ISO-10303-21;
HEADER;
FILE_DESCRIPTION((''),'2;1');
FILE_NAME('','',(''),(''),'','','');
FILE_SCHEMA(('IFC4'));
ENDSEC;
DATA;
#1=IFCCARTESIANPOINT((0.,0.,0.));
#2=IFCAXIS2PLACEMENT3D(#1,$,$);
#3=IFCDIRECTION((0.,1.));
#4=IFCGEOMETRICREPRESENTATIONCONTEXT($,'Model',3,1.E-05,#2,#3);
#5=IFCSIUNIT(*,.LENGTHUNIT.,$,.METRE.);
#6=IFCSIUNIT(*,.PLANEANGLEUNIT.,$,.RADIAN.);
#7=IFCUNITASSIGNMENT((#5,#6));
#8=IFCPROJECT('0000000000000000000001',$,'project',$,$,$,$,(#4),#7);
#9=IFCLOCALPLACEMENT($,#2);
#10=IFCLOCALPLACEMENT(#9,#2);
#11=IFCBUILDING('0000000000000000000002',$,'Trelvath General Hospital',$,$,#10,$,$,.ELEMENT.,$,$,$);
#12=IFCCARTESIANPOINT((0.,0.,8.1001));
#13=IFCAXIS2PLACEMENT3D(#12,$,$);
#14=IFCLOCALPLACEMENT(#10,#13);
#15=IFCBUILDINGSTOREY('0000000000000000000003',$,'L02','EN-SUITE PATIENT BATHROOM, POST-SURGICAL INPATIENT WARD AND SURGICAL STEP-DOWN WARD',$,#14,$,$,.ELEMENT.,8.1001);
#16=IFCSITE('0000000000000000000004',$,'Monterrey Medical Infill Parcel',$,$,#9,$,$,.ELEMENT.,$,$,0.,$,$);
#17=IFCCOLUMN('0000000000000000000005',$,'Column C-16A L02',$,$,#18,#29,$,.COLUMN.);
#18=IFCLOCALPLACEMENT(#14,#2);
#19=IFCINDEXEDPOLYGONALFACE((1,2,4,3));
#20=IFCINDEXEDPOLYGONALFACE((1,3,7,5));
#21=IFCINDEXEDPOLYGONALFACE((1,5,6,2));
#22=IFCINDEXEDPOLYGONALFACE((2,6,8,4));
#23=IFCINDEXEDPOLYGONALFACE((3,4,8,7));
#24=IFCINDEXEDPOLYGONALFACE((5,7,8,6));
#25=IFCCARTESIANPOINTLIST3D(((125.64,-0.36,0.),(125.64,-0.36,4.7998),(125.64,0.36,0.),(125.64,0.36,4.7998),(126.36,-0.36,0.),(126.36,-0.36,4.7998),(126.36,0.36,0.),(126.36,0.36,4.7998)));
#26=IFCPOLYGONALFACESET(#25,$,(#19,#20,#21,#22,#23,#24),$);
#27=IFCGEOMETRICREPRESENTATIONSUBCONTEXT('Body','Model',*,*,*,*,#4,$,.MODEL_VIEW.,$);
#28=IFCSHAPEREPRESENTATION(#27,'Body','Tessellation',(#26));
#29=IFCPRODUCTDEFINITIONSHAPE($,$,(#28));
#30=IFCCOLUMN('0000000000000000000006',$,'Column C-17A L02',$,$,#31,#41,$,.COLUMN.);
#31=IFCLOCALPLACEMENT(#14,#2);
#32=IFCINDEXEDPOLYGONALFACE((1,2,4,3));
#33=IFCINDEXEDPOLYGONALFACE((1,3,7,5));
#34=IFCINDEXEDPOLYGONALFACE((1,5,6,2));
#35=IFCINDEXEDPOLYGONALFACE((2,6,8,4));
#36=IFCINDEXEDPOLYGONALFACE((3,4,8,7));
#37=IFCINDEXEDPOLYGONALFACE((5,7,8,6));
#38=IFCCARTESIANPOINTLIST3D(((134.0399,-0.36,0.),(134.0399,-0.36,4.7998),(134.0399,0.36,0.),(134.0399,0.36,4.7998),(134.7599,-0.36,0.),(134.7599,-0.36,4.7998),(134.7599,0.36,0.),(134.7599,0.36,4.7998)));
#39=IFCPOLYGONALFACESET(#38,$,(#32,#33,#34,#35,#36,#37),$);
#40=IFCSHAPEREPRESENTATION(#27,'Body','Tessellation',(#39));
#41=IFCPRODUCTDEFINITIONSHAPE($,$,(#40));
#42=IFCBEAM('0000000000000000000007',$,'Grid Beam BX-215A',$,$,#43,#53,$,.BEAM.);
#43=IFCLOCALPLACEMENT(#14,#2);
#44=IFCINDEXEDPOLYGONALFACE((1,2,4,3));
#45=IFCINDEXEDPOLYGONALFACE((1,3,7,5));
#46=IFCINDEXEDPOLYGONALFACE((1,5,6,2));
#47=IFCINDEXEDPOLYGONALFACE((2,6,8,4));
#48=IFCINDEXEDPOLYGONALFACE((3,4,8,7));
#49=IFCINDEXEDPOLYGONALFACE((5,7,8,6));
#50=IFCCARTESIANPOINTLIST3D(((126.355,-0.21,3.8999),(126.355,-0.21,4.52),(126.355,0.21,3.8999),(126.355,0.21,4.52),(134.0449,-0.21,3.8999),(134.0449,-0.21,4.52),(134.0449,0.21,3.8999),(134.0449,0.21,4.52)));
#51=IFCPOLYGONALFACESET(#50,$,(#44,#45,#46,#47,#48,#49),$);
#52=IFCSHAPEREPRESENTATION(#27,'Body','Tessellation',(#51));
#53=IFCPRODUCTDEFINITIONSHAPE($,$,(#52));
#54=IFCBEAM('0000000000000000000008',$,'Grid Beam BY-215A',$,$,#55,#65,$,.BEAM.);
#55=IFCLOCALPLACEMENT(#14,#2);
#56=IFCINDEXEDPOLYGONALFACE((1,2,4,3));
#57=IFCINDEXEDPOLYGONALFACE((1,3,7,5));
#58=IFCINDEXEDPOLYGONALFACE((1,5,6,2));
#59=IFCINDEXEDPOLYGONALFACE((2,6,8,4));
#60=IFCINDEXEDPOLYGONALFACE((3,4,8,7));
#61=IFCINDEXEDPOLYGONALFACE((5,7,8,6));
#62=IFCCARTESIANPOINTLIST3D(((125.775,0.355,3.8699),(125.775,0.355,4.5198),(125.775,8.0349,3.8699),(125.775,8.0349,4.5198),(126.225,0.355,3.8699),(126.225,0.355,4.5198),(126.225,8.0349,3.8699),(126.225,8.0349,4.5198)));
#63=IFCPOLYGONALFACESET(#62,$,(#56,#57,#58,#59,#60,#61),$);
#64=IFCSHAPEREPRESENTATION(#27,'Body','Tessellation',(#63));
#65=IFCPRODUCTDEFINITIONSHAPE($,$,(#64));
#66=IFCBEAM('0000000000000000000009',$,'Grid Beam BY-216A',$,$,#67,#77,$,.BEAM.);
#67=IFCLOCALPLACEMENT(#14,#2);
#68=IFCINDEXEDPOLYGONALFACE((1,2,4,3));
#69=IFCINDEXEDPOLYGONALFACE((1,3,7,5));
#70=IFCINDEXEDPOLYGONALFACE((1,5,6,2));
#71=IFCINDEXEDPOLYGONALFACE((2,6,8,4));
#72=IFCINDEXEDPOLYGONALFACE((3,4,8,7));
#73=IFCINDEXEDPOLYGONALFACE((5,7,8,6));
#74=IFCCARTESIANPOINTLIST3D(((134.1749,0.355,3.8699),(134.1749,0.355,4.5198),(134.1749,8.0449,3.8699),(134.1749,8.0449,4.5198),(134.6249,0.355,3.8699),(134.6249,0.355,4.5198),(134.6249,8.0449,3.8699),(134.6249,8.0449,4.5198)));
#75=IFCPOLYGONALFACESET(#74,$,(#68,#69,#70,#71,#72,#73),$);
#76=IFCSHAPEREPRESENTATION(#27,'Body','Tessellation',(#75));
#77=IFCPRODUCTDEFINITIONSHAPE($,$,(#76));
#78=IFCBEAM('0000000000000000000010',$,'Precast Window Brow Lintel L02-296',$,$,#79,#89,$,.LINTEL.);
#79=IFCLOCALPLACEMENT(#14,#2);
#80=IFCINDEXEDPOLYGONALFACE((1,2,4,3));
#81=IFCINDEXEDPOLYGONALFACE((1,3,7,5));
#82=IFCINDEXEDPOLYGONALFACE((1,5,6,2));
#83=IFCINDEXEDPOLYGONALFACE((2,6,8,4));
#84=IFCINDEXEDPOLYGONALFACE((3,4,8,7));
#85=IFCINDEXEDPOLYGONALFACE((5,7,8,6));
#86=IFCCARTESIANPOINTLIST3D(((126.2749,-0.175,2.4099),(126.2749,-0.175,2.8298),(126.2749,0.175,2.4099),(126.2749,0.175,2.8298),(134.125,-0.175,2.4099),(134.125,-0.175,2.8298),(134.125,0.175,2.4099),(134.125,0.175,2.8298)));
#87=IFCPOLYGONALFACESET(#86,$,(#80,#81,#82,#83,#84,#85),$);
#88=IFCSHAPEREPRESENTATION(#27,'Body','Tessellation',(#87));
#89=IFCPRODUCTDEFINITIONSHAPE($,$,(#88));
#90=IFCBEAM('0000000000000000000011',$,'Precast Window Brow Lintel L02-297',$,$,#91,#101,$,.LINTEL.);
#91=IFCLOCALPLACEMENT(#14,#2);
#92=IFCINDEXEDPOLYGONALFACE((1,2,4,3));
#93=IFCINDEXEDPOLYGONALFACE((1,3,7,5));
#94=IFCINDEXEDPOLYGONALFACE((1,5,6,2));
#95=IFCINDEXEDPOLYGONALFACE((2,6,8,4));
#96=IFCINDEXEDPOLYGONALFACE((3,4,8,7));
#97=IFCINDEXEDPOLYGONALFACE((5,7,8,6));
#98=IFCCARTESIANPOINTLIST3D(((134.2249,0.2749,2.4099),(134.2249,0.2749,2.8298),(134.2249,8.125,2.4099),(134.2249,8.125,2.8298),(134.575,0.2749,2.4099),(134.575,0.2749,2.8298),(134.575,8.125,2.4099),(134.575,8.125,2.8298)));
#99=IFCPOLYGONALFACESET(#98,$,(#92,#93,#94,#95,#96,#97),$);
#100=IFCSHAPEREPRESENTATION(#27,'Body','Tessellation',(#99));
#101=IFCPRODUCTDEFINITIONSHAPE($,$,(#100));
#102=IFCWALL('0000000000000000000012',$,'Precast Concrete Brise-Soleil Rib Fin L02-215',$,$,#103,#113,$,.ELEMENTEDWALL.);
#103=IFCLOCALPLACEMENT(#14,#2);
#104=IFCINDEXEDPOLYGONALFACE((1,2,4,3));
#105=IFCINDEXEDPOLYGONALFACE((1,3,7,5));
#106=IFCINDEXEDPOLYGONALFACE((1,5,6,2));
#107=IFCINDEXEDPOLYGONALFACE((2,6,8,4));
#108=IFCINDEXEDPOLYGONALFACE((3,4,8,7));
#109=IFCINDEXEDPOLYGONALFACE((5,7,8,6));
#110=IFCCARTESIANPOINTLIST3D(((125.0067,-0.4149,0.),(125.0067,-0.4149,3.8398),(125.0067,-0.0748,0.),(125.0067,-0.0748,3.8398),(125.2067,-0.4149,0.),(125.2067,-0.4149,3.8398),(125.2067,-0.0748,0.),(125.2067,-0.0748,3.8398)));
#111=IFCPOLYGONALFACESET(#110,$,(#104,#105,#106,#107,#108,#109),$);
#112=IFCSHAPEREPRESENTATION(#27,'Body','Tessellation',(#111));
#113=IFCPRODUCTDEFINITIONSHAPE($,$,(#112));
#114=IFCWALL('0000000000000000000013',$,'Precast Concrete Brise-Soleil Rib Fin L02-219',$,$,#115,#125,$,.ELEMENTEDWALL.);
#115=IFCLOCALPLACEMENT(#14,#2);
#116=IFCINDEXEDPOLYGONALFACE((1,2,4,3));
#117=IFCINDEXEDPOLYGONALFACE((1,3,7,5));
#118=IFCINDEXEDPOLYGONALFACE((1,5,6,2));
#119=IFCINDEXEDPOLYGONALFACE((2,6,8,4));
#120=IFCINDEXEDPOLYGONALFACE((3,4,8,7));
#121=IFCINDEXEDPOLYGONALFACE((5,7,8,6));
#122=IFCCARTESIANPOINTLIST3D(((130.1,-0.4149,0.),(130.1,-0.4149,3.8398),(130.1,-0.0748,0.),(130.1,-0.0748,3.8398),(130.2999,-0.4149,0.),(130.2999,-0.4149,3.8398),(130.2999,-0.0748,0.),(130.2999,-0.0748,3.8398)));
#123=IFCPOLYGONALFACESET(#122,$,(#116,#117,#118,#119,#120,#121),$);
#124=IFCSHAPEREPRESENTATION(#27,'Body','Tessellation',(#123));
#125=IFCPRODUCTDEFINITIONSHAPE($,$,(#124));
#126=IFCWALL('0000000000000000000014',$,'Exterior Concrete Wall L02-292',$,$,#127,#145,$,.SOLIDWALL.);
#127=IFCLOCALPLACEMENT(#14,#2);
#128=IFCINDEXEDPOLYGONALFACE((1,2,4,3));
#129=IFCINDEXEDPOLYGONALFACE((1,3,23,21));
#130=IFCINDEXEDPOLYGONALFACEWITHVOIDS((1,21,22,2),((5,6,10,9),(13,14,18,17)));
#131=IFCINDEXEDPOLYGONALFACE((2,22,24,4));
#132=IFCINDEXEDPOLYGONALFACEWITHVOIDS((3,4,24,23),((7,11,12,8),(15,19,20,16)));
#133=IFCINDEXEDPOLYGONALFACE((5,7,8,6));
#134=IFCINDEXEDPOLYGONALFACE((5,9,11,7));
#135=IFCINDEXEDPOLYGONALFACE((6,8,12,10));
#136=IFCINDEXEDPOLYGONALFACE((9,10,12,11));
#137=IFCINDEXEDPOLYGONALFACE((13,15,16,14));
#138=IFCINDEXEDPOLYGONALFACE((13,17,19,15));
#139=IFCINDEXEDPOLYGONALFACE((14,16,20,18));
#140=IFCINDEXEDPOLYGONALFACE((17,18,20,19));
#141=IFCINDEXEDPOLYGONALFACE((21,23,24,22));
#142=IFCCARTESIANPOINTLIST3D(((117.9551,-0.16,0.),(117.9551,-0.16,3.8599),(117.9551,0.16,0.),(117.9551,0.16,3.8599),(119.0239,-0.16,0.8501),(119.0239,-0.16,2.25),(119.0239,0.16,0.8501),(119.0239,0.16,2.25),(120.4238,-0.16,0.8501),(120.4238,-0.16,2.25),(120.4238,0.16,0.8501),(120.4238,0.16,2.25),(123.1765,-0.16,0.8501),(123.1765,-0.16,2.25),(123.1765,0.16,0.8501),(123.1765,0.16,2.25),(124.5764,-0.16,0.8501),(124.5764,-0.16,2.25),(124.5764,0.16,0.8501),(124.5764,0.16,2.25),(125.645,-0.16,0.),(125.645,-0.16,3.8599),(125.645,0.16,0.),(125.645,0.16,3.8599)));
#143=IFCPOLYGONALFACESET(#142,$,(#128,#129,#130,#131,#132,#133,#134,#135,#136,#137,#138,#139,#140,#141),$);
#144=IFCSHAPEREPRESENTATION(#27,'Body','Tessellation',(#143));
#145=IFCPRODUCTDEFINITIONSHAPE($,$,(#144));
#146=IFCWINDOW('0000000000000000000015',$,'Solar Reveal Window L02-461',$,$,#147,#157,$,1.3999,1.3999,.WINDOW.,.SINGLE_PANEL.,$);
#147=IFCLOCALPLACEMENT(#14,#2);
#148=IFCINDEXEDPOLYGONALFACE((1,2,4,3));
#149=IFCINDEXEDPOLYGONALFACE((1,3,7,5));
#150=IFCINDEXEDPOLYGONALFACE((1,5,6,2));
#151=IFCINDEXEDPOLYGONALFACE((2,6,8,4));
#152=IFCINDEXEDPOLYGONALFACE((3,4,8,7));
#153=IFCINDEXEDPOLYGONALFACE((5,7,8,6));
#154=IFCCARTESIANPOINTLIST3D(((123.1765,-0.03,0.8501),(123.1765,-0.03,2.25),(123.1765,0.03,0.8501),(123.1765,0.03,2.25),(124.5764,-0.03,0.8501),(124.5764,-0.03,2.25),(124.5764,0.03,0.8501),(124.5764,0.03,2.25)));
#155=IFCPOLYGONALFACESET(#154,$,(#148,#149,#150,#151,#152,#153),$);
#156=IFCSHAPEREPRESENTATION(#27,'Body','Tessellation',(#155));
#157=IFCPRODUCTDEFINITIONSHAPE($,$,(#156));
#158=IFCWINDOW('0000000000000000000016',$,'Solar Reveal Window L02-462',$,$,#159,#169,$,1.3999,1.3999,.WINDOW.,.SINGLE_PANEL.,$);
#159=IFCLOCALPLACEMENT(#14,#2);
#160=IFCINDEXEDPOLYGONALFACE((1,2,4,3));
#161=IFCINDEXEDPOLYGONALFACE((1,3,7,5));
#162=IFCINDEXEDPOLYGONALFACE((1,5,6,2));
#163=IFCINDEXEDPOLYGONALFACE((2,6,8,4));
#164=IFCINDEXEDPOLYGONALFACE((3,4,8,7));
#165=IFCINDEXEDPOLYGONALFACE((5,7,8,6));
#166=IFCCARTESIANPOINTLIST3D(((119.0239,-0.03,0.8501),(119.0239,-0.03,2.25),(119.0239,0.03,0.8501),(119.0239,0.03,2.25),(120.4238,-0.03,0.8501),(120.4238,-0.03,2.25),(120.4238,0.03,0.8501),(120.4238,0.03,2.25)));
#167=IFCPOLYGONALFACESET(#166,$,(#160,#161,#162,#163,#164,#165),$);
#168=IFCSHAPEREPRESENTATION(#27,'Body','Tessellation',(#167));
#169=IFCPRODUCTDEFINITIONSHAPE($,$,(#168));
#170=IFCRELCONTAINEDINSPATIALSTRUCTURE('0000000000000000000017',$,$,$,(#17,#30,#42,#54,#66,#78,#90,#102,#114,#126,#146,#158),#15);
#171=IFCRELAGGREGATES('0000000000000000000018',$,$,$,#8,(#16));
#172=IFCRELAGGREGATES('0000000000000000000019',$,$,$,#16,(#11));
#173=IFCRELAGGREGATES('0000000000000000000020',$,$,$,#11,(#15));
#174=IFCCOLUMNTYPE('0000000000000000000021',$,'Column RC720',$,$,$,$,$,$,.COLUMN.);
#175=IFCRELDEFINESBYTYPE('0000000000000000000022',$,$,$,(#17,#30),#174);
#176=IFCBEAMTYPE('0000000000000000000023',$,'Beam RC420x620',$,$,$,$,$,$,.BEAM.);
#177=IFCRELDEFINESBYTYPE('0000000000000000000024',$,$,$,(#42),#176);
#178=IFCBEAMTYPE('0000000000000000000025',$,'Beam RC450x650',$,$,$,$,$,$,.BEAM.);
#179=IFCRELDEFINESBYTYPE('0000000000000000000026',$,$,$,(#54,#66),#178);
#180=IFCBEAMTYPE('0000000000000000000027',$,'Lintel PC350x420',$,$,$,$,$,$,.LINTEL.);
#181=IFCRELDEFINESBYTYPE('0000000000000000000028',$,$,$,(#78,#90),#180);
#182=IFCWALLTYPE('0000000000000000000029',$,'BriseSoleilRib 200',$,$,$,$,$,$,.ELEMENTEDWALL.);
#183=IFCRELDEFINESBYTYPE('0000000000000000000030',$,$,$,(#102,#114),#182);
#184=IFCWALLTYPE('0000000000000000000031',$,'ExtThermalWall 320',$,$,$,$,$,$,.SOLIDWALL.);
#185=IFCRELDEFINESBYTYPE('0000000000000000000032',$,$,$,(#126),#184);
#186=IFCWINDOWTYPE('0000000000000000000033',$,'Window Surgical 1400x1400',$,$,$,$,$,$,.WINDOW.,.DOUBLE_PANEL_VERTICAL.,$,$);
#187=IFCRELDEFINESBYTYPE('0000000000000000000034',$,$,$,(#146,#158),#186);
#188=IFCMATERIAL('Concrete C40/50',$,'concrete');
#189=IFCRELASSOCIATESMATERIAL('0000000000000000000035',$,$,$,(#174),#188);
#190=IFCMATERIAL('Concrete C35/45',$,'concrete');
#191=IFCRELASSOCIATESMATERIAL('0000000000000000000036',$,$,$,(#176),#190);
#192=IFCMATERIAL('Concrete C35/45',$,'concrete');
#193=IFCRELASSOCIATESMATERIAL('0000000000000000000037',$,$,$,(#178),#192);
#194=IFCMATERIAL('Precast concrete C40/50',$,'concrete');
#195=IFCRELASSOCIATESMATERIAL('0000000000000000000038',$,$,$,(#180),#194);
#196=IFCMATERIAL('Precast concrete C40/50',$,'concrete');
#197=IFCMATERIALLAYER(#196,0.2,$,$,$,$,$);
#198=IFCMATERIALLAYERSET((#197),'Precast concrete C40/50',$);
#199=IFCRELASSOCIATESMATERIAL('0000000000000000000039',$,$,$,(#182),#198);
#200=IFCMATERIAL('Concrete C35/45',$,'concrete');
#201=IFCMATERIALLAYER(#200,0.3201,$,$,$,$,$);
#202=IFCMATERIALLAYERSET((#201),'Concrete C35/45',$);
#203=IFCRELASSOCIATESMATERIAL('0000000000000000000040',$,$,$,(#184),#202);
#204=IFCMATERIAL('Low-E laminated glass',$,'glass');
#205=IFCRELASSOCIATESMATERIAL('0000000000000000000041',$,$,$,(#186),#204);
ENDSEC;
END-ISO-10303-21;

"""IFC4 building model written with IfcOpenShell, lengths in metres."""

from ifc_helpers import new_model, si_unit, direction, frame, frame_2d, origin, origin_2d, place, context, subcontext, project, spatial, rectangle, extrude, material, layer, layer_set, material_profile, profile_set, type_object, element, fill, save


model = new_model("IFC4")

# Units and contexts
model_context = context("Model", 3, precision=1e-05, world=origin(), true_north=direction((0.0, 1.0)))
body_context = subcontext(model_context, "Body", "Model", "MODEL_VIEW")
ifc_project = project(units=[si_unit("LENGTHUNIT", "METRE"), si_unit("PLANEANGLEUNIT", "RADIAN")], contexts=[model_context])

# Site, building, storey
site_placement = place(None, origin())
site = spatial("IfcSite", under=ifc_project, at=site_placement, Name="Monterrey Medical Infill Parcel", CompositionType="ELEMENT", RefElevation=0.0)
building_placement = place(site_placement, origin())
building = spatial("IfcBuilding", under=site, at=building_placement, Name="Trelvath General Hospital", CompositionType="ELEMENT")
storey_placement = place(building_placement, frame((0.0, 0.0, 8.1001)))
storey = spatial("IfcBuildingStorey", under=building, at=storey_placement, Name="L02", Description="EN-SUITE PATIENT BATHROOM, POST-SURGICAL INPATIENT WARD AND SURGICAL STEP-DOWN WARD", CompositionType="ELEMENT", Elevation=8.1001)

# Columns
ifc_material_1 = material(Name="Concrete C40/50", Category="concrete")
ifc_material_profile_1 = material_profile(ifc_material_1, rectangle(XDim=0.72, YDim=0.72, at=origin_2d()), Name="RC720x720")
ifc_profile_set_1 = profile_set([ifc_material_profile_1], Name="Concrete C40/50")
column_type = type_object("IfcColumnType", Name="Column RC720", PredefinedType="COLUMN", material=ifc_profile_set_1)
for number, where, z_axis, x_axis, name in (
    (1, (126.0, 0.0, 0.0), (0.0, 0.0, 1.0), (1.0, 0.0, 0.0), "Column C-16A L02"),
    (2, (134.3999, 0.0, 0.0), (0.0, 0.0, 1.0), (1.0, 0.0, 0.0), "Column C-17A L02"),
):
    element("IfcColumn", number, at=place(storey_placement, frame(where, z_axis=z_axis, x_axis=x_axis)), inside=storey, type_object=column_type, Name=name, PredefinedType="COLUMN", context=body_context, shape_type="SweptSolid", body=[
        extrude(rectangle(XDim=0.72, YDim=0.72, at=origin_2d()), origin(), (0.0, 0.0, 1.0), 4.7998),
    ])

# Beams
ifc_material_2 = material(Name="Concrete C35/45", Category="concrete")
ifc_material_profile_2 = material_profile(ifc_material_2, rectangle(XDim=0.4199, YDim=0.6201, at=origin_2d()), Name="RCB420x620")
ifc_profile_set_2 = profile_set([ifc_material_profile_2], Name="Concrete C35/45")
beam_type_1 = type_object("IfcBeamType", Name="Beam RC420x620", PredefinedType="BEAM", material=ifc_profile_set_2)
beam_1_placement = place(storey_placement, frame((126.355, 0.0, 4.21), z_axis=(1.0, 0.0, 0.0), x_axis=(0.0, 1.0, 0.0)))
element("IfcBeam", 3, at=beam_1_placement, inside=storey, type_object=beam_type_1, Name="Grid Beam BX-215A", PredefinedType="BEAM", context=body_context, shape_type="SweptSolid", body=[
    extrude(rectangle(XDim=0.4199, YDim=0.6201, at=origin_2d()), origin(), (0.0, 0.0, 1.0), 7.6899),
])
ifc_material_3 = material(Name="Concrete C35/45", Category="concrete")
ifc_material_profile_3 = material_profile(ifc_material_3, rectangle(XDim=0.45, YDim=0.6499, at=origin_2d()), Name="RCB450x650")
ifc_profile_set_3 = profile_set([ifc_material_profile_3], Name="Concrete C35/45")
beam_type_2 = type_object("IfcBeamType", Name="Beam RC450x650", PredefinedType="BEAM", material=ifc_profile_set_3)
beam_2_placement = place(storey_placement, frame((126.0, 0.355, 4.1948), z_axis=(0.0, 1.0, 0.0), x_axis=(-1.0, 0.0, 0.0)))
element("IfcBeam", 4, at=beam_2_placement, inside=storey, type_object=beam_type_2, Name="Grid Beam BY-215A", PredefinedType="BEAM", context=body_context, shape_type="SweptSolid", body=[
    extrude(rectangle(XDim=0.45, YDim=0.6499, at=origin_2d()), origin(), (0.0, 0.0, 1.0), 7.6799),
])
beam_3_placement = place(storey_placement, frame((134.3999, 0.355, 4.1948), z_axis=(0.0, 1.0, 0.0), x_axis=(-1.0, 0.0, 0.0)))
element("IfcBeam", 5, at=beam_3_placement, inside=storey, type_object=beam_type_2, Name="Grid Beam BY-216A", PredefinedType="BEAM", context=body_context, shape_type="SweptSolid", body=[
    extrude(rectangle(XDim=0.45, YDim=0.6499, at=origin_2d()), origin(), (0.0, 0.0, 1.0), 7.6899),
])
ifc_material_4 = material(Name="Precast concrete C40/50", Category="concrete")
ifc_material_profile_4 = material_profile(ifc_material_4, rectangle(XDim=0.3501, YDim=0.4199, at=origin_2d()), Name="PCL350x420")
ifc_profile_set_4 = profile_set([ifc_material_profile_4], Name="Precast concrete C40/50")
beam_type_3 = type_object("IfcBeamType", Name="Lintel PC350x420", PredefinedType="LINTEL", material=ifc_profile_set_4)
for number, where, z_axis, x_axis, name in (
    (6, (134.125, 0.0, 2.6199), (-1.0, 0.0, 0.0), (0.0, -1.0, 0.0), "Precast Window Brow Lintel L02-296"),
    (7, (134.3999, 8.125, 2.6199), (0.0, -1.0, 0.0), (1.0, 0.0, 0.0), "Precast Window Brow Lintel L02-297"),
):
    element("IfcBeam", number, at=place(storey_placement, frame(where, z_axis=z_axis, x_axis=x_axis)), inside=storey, type_object=beam_type_3, Name=name, PredefinedType="LINTEL", context=body_context, shape_type="SweptSolid", body=[
        extrude(rectangle(XDim=0.3501, YDim=0.4199, at=origin_2d()), origin(), (0.0, 0.0, 1.0), 7.8501),
    ])

# Walls
ifc_material_5 = material(Name="Precast concrete C40/50", Category="concrete")
ifc_layer_1 = layer(ifc_material_5, 0.2)
ifc_layer_set_1 = layer_set([ifc_layer_1], Name="Precast concrete C40/50")
wall_type_1 = type_object("IfcWallType", Name="BriseSoleilRib 200", PredefinedType="ELEMENTEDWALL", material=ifc_layer_set_1)
for number, where, z_axis, x_axis, name in (
    (8, (125.1067, -0.075, 0.0), (0.0, 0.0, 1.0), (0.0, -1.0, 0.0), "Precast Concrete Brise-Soleil Rib Fin L02-215"),
    (9, (130.2, -0.075, 0.0), (0.0, 0.0, 1.0), (0.0, -1.0, 0.0), "Precast Concrete Brise-Soleil Rib Fin L02-219"),
):
    element("IfcWall", number, at=place(storey_placement, frame(where, z_axis=z_axis, x_axis=x_axis)), inside=storey, type_object=wall_type_1, Name=name, PredefinedType="ELEMENTEDWALL", context=body_context, shape_type="SweptSolid", body=[
        extrude(rectangle(XDim=0.3401, YDim=0.2, at=frame_2d((0.1699, 0.0))), origin(), (0.0, 0.0, 1.0), 3.8398),
    ])

# Wall, openings, windows
ifc_material_6 = material(Name="Concrete C35/45", Category="concrete")
ifc_layer_2 = layer(ifc_material_6, 0.3201)
ifc_layer_set_2 = layer_set([ifc_layer_2], Name="Concrete C35/45")
wall_type_2 = type_object("IfcWallType", Name="ExtThermalWall 320", PredefinedType="SOLIDWALL", material=ifc_layer_set_2)
wall_1_placement = place(storey_placement, frame((125.645, 0.0, 0.0), z_axis=(0.0, 0.0, 1.0), x_axis=(-1.0, 0.0, 0.0)))
wall_1 = element("IfcWall", 10, at=wall_1_placement, inside=storey, type_object=wall_type_2, Name="Exterior Concrete Wall L02-292", PredefinedType="SOLIDWALL", context=body_context, shape_type="SweptSolid", body=[
    extrude(rectangle(XDim=7.6899, YDim=0.3201, at=frame_2d((3.845, 0.0))), origin(), (0.0, 0.0, 1.0), 3.8599),
])
opening_1_placement = place(wall_1_placement, frame((1.0686, 0.0, 0.8501)))
opening_1 = element("IfcOpeningElement", 11, at=opening_1_placement, cuts=wall_1, PredefinedType="OPENING", context=body_context, shape_type="SweptSolid", body=[
    extrude(rectangle(XDim=1.3999, YDim=1.3999, at=frame_2d((0.7, 0.7))), frame((0.0, 0.1699, 0.0), z_axis=(0.0, -1.0, 0.0), x_axis=(1.0, 0.0, 0.0)), (0.0, 0.0, 1.0), 0.3401),
])
opening_2_placement = place(wall_1_placement, frame((5.2212, 0.0, 0.8501)))
opening_2 = element("IfcOpeningElement", 12, at=opening_2_placement, cuts=wall_1, PredefinedType="OPENING", context=body_context, shape_type="SweptSolid", body=[
    extrude(rectangle(XDim=1.3999, YDim=1.3999, at=frame_2d((0.7, 0.7))), frame((0.0, 0.1699, 0.0), z_axis=(0.0, -1.0, 0.0), x_axis=(1.0, 0.0, 0.0)), (0.0, 0.0, 1.0), 0.3401),
])
ifc_material_7 = material(Name="Low-E laminated glass", Category="glass")
window_type_1 = type_object("IfcWindowType", Name="Window Surgical 1400x1400", PartitioningType="DOUBLE_PANEL_VERTICAL", PredefinedType="WINDOW", material=ifc_material_7)
window_1_placement = place(opening_1_placement, origin())
window_1 = element("IfcWindow", 13, at=window_1_placement, inside=storey, type_object=window_type_1, Name="Solar Reveal Window L02-461", OverallHeight=1.3999, OverallWidth=1.3999, PartitioningType="SINGLE_PANEL", PredefinedType="WINDOW", context=body_context, shape_type="SweptSolid", body=[
    extrude(rectangle(XDim=1.3999, YDim=1.3999, at=frame_2d((0.7, 0.7))), frame((0.0, 0.03, 0.0), z_axis=(0.0, -1.0, 0.0), x_axis=(1.0, 0.0, 0.0)), (0.0, 0.0, 1.0), 0.0601),
])
fill(opening_1, window_1)
window_2_placement = place(opening_2_placement, origin())
window_2 = element("IfcWindow", 14, at=window_2_placement, inside=storey, type_object=window_type_1, Name="Solar Reveal Window L02-462", OverallHeight=1.3999, OverallWidth=1.3999, PartitioningType="SINGLE_PANEL", PredefinedType="WINDOW", context=body_context, shape_type="SweptSolid", body=[
    extrude(rectangle(XDim=1.3999, YDim=1.3999, at=frame_2d((0.7, 0.7))), frame((0.0, 0.03, 0.0), z_axis=(0.0, -1.0, 0.0), x_axis=(1.0, 0.0, 0.0)), (0.0, 0.0, 1.0), 0.0601),
])
fill(opening_2, window_2)

save(model, "model.ifc")
